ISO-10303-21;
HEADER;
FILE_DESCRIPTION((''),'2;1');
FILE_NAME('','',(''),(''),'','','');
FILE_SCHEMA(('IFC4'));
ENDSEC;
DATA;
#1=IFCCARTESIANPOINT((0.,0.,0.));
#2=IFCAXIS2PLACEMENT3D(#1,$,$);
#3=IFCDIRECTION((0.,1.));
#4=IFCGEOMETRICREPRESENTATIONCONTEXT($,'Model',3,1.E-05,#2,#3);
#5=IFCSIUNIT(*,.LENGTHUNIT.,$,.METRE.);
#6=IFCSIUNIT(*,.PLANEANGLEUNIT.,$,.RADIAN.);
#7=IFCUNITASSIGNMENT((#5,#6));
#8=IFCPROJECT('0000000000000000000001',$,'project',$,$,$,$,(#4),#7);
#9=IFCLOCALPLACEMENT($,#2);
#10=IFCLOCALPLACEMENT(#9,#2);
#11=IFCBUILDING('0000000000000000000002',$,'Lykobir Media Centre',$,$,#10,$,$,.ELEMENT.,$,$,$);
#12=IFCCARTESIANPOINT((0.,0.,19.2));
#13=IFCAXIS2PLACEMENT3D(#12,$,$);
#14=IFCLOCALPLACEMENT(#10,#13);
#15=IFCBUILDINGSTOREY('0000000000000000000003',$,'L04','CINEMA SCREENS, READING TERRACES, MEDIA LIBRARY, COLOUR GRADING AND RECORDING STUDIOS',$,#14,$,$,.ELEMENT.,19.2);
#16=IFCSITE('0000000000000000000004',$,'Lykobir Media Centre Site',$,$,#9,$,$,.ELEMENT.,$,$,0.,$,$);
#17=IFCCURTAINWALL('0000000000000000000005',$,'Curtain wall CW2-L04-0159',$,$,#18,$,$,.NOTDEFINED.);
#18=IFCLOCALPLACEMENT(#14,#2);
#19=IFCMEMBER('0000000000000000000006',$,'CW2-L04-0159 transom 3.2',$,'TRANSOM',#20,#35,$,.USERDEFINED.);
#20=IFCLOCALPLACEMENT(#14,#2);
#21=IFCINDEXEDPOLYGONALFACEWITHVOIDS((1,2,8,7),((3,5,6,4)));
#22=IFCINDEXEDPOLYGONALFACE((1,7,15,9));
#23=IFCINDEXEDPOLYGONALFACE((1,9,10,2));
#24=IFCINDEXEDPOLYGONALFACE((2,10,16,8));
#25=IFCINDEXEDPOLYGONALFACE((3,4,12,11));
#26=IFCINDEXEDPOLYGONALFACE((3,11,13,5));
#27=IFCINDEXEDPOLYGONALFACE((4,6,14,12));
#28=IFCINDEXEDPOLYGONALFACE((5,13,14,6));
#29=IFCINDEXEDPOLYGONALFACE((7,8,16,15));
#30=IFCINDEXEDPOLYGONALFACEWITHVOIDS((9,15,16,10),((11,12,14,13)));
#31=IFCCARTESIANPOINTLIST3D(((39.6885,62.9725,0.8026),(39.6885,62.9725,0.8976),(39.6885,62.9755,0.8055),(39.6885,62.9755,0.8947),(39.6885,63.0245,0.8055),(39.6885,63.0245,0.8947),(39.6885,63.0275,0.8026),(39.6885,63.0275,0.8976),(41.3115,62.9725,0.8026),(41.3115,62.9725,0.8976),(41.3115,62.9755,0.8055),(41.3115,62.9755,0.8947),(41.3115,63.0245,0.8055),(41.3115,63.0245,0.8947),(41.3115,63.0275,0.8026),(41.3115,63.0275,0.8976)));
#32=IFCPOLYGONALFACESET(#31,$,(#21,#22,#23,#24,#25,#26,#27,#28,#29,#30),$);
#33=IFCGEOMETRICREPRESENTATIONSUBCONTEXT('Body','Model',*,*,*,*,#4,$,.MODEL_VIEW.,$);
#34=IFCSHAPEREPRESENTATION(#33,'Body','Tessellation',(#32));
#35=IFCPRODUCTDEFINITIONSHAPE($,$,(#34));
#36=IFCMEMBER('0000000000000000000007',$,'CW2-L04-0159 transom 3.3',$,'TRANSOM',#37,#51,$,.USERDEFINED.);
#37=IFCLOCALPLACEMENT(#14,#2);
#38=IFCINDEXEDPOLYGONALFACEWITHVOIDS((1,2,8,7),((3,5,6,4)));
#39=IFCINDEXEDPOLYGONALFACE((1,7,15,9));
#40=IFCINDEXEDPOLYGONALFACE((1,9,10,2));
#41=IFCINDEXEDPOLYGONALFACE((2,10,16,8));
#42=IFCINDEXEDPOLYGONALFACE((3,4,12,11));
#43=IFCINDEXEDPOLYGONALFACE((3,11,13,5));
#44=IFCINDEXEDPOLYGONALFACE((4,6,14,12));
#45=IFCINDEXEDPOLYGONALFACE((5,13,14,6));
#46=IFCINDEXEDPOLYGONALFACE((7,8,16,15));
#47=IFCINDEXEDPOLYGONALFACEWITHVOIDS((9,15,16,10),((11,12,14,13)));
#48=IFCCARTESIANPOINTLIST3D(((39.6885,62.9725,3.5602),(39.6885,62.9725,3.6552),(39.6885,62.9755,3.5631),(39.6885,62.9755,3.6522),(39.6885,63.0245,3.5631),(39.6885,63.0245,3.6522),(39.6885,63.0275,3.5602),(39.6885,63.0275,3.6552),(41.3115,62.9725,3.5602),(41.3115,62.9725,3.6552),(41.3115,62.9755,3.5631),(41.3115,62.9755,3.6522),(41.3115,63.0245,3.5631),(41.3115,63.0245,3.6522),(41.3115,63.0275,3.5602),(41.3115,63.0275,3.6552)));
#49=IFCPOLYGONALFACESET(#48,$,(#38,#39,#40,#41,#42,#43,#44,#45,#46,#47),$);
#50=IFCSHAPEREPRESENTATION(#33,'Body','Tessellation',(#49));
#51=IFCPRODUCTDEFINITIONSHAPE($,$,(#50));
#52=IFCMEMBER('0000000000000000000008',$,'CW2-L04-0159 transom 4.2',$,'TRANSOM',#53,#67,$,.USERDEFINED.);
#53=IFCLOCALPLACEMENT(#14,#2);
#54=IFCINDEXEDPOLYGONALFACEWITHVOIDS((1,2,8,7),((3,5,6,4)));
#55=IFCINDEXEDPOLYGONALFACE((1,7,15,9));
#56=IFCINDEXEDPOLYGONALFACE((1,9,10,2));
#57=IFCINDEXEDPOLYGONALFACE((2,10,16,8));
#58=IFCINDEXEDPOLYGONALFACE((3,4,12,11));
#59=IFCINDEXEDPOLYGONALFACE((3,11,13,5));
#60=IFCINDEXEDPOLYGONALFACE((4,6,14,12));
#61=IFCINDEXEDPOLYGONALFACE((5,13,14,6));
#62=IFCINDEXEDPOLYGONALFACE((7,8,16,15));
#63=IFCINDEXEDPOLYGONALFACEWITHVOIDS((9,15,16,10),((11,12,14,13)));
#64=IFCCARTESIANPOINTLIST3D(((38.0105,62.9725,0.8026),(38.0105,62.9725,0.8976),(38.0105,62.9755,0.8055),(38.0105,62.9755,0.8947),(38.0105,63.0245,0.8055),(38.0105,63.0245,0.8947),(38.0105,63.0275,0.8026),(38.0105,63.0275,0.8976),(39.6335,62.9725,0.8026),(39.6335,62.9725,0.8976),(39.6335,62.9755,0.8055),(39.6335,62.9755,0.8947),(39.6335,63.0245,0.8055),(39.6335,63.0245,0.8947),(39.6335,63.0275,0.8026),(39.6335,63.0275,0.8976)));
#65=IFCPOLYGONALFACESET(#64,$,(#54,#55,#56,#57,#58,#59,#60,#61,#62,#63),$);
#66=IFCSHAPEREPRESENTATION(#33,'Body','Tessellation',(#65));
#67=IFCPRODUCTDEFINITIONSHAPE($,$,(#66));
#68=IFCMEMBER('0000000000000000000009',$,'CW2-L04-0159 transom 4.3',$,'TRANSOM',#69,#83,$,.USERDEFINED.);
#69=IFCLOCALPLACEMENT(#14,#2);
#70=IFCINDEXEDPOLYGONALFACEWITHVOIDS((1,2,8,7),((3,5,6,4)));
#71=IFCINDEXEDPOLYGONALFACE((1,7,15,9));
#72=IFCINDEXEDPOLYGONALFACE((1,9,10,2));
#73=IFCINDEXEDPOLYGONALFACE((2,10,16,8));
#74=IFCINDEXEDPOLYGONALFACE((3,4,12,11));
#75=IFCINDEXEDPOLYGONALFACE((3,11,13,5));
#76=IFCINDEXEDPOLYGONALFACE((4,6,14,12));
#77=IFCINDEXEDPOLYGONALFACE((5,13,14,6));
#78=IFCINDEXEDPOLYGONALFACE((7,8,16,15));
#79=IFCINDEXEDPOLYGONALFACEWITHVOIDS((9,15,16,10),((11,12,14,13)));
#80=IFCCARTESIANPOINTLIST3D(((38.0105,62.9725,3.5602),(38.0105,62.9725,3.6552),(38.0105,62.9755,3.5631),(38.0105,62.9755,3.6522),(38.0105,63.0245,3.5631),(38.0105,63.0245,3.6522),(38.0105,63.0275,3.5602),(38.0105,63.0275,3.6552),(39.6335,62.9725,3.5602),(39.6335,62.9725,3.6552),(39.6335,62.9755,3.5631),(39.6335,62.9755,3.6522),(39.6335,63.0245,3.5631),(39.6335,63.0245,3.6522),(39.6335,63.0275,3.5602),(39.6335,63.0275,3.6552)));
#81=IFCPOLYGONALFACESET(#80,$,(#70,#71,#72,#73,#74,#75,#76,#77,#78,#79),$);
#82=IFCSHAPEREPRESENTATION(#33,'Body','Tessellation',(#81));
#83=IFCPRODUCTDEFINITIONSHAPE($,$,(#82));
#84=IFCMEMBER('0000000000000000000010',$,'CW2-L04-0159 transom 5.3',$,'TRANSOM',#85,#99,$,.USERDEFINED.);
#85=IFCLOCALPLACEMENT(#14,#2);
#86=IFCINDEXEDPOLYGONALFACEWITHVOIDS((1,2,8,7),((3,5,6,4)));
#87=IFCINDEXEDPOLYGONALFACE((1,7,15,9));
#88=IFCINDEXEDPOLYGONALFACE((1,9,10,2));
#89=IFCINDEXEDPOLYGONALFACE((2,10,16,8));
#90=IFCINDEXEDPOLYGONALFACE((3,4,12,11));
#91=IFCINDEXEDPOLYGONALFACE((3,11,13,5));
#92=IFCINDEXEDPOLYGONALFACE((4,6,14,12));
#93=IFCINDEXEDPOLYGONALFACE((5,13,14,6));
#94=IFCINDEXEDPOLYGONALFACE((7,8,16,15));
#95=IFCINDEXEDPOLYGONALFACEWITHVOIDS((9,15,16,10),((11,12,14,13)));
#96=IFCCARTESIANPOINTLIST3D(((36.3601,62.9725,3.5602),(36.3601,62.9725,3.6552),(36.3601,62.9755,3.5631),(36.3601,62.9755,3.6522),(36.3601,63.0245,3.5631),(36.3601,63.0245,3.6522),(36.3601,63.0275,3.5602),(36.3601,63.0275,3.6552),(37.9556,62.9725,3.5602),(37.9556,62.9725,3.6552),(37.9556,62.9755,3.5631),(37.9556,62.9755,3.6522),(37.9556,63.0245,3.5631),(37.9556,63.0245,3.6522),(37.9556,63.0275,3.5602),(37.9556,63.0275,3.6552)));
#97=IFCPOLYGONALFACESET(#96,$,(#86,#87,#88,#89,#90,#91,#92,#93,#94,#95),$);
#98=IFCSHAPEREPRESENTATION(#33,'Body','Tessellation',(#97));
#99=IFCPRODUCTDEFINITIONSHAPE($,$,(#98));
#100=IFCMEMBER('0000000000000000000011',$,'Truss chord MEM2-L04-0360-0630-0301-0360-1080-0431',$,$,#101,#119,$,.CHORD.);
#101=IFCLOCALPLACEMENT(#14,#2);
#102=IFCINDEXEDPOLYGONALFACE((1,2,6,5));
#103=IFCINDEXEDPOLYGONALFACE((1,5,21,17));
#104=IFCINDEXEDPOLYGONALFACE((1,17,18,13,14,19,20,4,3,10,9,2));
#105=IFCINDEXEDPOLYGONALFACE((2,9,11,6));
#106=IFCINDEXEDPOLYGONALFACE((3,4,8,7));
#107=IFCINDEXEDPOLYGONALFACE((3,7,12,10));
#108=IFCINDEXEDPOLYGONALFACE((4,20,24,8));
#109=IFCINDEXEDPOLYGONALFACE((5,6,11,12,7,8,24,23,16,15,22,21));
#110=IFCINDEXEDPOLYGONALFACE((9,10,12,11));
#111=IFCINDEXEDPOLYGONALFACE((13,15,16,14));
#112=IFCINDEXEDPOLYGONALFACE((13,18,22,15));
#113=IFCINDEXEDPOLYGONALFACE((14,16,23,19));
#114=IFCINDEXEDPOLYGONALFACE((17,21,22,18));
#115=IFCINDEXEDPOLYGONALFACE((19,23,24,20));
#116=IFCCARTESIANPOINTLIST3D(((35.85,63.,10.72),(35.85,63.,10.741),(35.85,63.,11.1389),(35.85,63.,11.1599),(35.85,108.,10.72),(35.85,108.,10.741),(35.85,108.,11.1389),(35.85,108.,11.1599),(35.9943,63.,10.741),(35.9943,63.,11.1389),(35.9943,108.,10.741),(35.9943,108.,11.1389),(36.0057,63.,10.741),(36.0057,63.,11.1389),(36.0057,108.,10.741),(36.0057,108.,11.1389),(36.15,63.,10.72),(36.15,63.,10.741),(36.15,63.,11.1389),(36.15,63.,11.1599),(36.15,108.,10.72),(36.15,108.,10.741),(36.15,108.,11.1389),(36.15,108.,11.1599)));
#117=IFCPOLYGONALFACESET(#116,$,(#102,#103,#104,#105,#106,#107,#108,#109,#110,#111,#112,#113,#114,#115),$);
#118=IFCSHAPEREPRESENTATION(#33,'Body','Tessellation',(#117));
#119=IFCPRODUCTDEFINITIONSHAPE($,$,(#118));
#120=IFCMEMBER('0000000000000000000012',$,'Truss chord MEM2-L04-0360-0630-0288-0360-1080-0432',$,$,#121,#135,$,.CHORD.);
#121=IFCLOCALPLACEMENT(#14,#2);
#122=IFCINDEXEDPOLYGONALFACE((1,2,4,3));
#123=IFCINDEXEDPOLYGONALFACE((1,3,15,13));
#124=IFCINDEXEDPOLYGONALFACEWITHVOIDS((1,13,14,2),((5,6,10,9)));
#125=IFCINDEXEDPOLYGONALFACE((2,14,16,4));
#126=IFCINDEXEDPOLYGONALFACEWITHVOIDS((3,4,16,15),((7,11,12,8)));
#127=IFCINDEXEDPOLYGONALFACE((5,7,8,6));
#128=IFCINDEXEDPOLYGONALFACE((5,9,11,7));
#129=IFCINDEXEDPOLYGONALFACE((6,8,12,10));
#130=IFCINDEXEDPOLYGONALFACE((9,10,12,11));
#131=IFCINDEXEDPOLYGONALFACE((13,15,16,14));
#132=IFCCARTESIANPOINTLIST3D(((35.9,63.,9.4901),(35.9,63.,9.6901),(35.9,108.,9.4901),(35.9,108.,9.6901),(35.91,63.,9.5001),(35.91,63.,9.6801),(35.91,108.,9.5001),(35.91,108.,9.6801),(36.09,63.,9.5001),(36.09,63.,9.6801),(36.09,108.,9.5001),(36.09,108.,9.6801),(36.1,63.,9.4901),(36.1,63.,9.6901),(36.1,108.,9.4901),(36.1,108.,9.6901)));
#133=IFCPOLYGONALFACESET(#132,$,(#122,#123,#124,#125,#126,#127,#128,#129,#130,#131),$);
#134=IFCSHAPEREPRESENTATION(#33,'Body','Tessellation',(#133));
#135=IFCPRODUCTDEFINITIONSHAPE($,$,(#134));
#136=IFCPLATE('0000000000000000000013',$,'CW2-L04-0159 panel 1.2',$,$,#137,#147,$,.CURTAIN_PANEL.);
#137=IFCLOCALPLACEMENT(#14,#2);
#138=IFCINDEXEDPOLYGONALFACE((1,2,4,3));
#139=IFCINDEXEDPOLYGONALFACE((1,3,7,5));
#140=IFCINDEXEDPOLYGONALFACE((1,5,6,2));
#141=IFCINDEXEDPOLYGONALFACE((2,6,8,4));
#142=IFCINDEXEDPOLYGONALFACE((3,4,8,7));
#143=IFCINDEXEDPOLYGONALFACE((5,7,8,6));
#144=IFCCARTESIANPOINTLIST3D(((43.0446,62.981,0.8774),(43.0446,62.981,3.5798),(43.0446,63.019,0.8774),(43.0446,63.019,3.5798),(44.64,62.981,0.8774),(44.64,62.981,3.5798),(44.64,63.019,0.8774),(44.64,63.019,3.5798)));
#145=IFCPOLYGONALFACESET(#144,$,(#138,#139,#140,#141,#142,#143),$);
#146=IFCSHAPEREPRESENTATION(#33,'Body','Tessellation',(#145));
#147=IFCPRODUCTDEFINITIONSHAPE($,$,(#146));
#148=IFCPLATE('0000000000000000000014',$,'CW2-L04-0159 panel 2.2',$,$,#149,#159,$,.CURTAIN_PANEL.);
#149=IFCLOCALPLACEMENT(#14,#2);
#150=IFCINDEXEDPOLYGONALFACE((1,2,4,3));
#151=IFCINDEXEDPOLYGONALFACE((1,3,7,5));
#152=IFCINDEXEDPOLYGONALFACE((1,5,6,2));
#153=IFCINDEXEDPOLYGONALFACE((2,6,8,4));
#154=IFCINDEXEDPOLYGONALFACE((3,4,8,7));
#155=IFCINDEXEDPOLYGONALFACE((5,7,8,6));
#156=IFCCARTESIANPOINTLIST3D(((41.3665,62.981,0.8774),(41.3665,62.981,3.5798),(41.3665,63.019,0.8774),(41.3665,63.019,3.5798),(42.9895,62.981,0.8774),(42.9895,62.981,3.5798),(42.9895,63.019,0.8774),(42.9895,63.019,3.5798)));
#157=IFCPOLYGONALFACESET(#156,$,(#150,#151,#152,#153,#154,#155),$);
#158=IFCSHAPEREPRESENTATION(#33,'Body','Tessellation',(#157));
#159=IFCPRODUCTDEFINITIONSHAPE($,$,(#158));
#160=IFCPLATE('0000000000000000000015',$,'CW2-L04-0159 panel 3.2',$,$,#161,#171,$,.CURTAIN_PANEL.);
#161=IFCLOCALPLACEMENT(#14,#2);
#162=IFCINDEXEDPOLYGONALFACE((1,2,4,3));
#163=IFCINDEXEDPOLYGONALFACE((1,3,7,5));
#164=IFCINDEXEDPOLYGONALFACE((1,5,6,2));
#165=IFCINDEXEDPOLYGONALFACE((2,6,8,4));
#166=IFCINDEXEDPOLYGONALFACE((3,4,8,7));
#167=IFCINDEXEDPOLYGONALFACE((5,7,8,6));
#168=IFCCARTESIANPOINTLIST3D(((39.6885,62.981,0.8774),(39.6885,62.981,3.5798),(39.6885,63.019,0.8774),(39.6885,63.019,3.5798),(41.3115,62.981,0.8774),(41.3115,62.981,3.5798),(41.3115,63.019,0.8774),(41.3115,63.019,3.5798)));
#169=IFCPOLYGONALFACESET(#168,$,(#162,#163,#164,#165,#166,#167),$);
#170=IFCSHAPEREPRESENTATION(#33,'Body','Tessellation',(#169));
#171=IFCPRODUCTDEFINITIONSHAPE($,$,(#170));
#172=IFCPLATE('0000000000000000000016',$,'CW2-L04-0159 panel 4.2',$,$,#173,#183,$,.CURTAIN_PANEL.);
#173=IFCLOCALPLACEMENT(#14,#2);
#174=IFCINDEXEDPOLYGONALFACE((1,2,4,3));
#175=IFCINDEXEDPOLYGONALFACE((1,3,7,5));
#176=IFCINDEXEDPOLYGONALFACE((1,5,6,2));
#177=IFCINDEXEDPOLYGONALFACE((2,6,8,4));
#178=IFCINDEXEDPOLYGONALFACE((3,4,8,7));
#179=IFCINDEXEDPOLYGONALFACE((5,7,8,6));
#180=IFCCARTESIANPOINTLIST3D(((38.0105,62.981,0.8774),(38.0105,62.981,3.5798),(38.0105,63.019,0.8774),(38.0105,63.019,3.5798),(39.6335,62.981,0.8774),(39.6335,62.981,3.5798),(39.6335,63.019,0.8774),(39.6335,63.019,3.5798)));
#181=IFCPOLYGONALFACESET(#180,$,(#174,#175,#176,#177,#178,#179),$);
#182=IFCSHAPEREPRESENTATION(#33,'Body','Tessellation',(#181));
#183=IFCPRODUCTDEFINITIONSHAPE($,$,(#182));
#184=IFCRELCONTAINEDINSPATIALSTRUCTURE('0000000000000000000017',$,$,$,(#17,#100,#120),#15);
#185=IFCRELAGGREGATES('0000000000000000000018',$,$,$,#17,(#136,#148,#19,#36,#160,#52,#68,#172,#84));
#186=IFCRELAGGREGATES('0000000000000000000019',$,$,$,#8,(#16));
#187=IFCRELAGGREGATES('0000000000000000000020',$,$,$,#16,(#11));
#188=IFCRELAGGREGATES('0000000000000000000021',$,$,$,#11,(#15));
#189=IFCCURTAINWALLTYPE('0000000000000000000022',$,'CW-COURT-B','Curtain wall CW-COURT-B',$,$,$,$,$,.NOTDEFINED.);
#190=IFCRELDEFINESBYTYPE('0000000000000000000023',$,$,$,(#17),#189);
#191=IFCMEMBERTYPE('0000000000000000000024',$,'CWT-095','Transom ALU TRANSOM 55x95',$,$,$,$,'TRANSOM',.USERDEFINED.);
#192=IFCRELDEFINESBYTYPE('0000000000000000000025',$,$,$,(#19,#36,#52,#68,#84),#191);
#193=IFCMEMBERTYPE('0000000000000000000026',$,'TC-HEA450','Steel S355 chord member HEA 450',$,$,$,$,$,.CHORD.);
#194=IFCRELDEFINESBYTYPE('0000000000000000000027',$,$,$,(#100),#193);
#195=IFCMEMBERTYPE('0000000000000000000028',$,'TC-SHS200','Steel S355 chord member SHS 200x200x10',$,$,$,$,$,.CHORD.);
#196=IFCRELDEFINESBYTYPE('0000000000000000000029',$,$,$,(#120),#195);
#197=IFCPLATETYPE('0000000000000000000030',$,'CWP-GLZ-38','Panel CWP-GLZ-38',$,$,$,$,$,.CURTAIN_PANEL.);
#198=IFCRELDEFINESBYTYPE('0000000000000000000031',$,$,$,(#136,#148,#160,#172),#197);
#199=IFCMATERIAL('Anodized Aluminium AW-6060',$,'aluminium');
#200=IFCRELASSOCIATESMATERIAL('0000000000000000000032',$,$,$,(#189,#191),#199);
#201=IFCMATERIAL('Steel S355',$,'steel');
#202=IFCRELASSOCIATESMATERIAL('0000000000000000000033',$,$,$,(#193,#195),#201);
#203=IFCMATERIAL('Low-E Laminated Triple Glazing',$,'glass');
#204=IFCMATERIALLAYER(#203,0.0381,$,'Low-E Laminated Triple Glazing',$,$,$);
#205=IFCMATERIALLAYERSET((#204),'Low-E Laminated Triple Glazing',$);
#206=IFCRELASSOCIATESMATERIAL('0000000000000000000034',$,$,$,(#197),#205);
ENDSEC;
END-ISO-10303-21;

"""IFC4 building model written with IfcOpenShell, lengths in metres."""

from ifc_helpers import new_model, si_unit, direction, frame, origin, origin_2d, place, context, subcontext, project, spatial, rectangle, hollow_rectangle, i_section, extrude, material, layer, layer_set, material_profile, profile_set, type_object, element, aggregate, save


model = new_model("IFC4")

# Units and contexts
model_context = context("Model", 3, precision=1e-05, world=origin(), true_north=direction((0.0, 1.0)))
body_context = subcontext(model_context, "Body", "Model", "MODEL_VIEW")
ifc_project = project(units=[si_unit("LENGTHUNIT", "METRE"), si_unit("PLANEANGLEUNIT", "RADIAN")], contexts=[model_context])

# Site, building, storey
site_placement = place(None, origin())
site = spatial("IfcSite", under=ifc_project, at=site_placement, Name="Lykobir Media Centre Site", CompositionType="ELEMENT", RefElevation=0.0)
building_placement = place(site_placement, origin())
building = spatial("IfcBuilding", under=site, at=building_placement, Name="Lykobir Media Centre", CompositionType="ELEMENT")
storey_placement = place(building_placement, frame((0.0, 0.0, 19.2)))
storey = spatial("IfcBuildingStorey", under=building, at=storey_placement, Name="L04", Description="CINEMA SCREENS, READING TERRACES, MEDIA LIBRARY, COLOUR GRADING AND RECORDING STUDIOS", CompositionType="ELEMENT", Elevation=19.2)

# Shared definitions
ifc_material_1 = material(Name="Steel S355", Category="steel")

# Curtain wall, members
ifc_material_2 = material(Name="Anodized Aluminium AW-6060", Category="aluminium")
curtain_wall_type = type_object("IfcCurtainWallType", Name="CW-COURT-B", Description="Curtain wall CW-COURT-B", PredefinedType="NOTDEFINED", material=ifc_material_2)
curtain_wall_placement = place(storey_placement, origin())
curtain_wall = element("IfcCurtainWall", 1, at=curtain_wall_placement, inside=storey, type_object=curtain_wall_type, Name="Curtain wall CW2-L04-0159", PredefinedType="NOTDEFINED")
ifc_material_profile_1 = material_profile(ifc_material_2, hollow_rectangle(XDim=0.0549, YDim=0.095, WallThickness=0.0029, at=origin_2d()), Name="ALU TRANSOM 55x95")
ifc_profile_set_1 = profile_set([ifc_material_profile_1], Name="Anodized Aluminium AW-6060")
member_type_1 = type_object("IfcMemberType", Name="CWT-095", Description="Transom ALU TRANSOM 55x95", ElementType="TRANSOM", PredefinedType="USERDEFINED", material=ifc_profile_set_1)
member_1_placement = place(storey_placement, frame((41.3115, 63.0, 0.8501), z_axis=(-1.0, 0.0, 0.0), x_axis=(0.0, -1.0, 0.0)))
member_1 = element("IfcMember", 2, at=member_1_placement, type_object=member_type_1, Name="CW2-L04-0159 transom 3.2", ObjectType="TRANSOM", PredefinedType="USERDEFINED", context=body_context, shape_type="SweptSolid", body=[
    extrude(hollow_rectangle(XDim=0.0549, YDim=0.095, WallThickness=0.0029, at=origin_2d()), origin(), (0.0, 0.0, 1.0), 1.623),
])
member_2_placement = place(storey_placement, frame((41.3115, 63.0, 3.6077), z_axis=(-1.0, 0.0, 0.0), x_axis=(0.0, -1.0, 0.0)))
member_2 = element("IfcMember", 3, at=member_2_placement, type_object=member_type_1, Name="CW2-L04-0159 transom 3.3", ObjectType="TRANSOM", PredefinedType="USERDEFINED", context=body_context, shape_type="SweptSolid", body=[
    extrude(hollow_rectangle(XDim=0.0549, YDim=0.095, WallThickness=0.0029, at=origin_2d()), origin(), (0.0, 0.0, 1.0), 1.623),
])
member_3_placement = place(storey_placement, frame((39.6335, 63.0, 0.8501), z_axis=(-1.0, 0.0, 0.0), x_axis=(0.0, -1.0, 0.0)))
member_3 = element("IfcMember", 4, at=member_3_placement, type_object=member_type_1, Name="CW2-L04-0159 transom 4.2", ObjectType="TRANSOM", PredefinedType="USERDEFINED", context=body_context, shape_type="SweptSolid", body=[
    extrude(hollow_rectangle(XDim=0.0549, YDim=0.095, WallThickness=0.0029, at=origin_2d()), origin(), (0.0, 0.0, 1.0), 1.623),
])
member_4_placement = place(storey_placement, frame((39.6335, 63.0, 3.6077), z_axis=(-1.0, 0.0, 0.0), x_axis=(0.0, -1.0, 0.0)))
member_4 = element("IfcMember", 5, at=member_4_placement, type_object=member_type_1, Name="CW2-L04-0159 transom 4.3", ObjectType="TRANSOM", PredefinedType="USERDEFINED", context=body_context, shape_type="SweptSolid", body=[
    extrude(hollow_rectangle(XDim=0.0549, YDim=0.095, WallThickness=0.0029, at=origin_2d()), origin(), (0.0, 0.0, 1.0), 1.623),
])
member_5_placement = place(storey_placement, frame((37.9556, 63.0, 3.6077), z_axis=(-1.0, 0.0, 0.0), x_axis=(0.0, -1.0, 0.0)))
member_5 = element("IfcMember", 6, at=member_5_placement, type_object=member_type_1, Name="CW2-L04-0159 transom 5.3", ObjectType="TRANSOM", PredefinedType="USERDEFINED", context=body_context, shape_type="SweptSolid", body=[
    extrude(hollow_rectangle(XDim=0.0549, YDim=0.095, WallThickness=0.0029, at=origin_2d()), origin(), (0.0, 0.0, 1.0), 1.5955),
])

# Members
ifc_material_profile_2 = material_profile(ifc_material_1, i_section(OverallWidth=0.3, OverallDepth=0.4399, WebThickness=0.0115, FlangeThickness=0.021, at=origin_2d()), Name="HEA 450")
ifc_profile_set_2 = profile_set([ifc_material_profile_2], Name="Steel S355")
member_type_2 = type_object("IfcMemberType", Name="TC-HEA450", Description="Steel S355 chord member HEA 450", PredefinedType="CHORD", material=ifc_profile_set_2)
member_6_placement = place(storey_placement, frame((36.0, 63.0, 10.9399), z_axis=(0.0, 1.0, 0.0), x_axis=(-1.0, 0.0, 0.0)))
element("IfcMember", 7, at=member_6_placement, inside=storey, type_object=member_type_2, Name="Truss chord MEM2-L04-0360-0630-0301-0360-1080-0431", PredefinedType="CHORD", context=body_context, shape_type="SweptSolid", body=[
    extrude(i_section(OverallWidth=0.3, OverallDepth=0.4399, WebThickness=0.0115, FlangeThickness=0.021, at=origin_2d()), origin(), (0.0, 0.0, 1.0), 45.0),
])
ifc_material_profile_3 = material_profile(ifc_material_1, hollow_rectangle(XDim=0.2, YDim=0.2, WallThickness=0.01, at=origin_2d()), Name="SHS 200x200x10")
ifc_profile_set_3 = profile_set([ifc_material_profile_3], Name="Steel S355")
member_type_3 = type_object("IfcMemberType", Name="TC-SHS200", Description="Steel S355 chord member SHS 200x200x10", PredefinedType="CHORD", material=ifc_profile_set_3)
member_7_placement = place(storey_placement, frame((36.0, 63.0, 9.5901), z_axis=(0.0, 1.0, 0.0), x_axis=(-1.0, 0.0, 0.0)))
element("IfcMember", 8, at=member_7_placement, inside=storey, type_object=member_type_3, Name="Truss chord MEM2-L04-0360-0630-0288-0360-1080-0432", PredefinedType="CHORD", context=body_context, shape_type="SweptSolid", body=[
    extrude(hollow_rectangle(XDim=0.2, YDim=0.2, WallThickness=0.01, at=origin_2d()), origin(), (0.0, 0.0, 1.0), 45.0),
])

# Plates
ifc_material_3 = material(Name="Low-E Laminated Triple Glazing", Category="glass")
ifc_layer_1 = layer(ifc_material_3, 0.0381, Name="Low-E Laminated Triple Glazing")
ifc_layer_set_1 = layer_set([ifc_layer_1], Name="Low-E Laminated Triple Glazing")
plate_type_1 = type_object("IfcPlateType", Name="CWP-GLZ-38", Description="Panel CWP-GLZ-38", PredefinedType="CURTAIN_PANEL", material=ifc_layer_set_1)
plate_1_placement = place(storey_placement, frame((43.8423, 63.0, 0.8774), z_axis=(0.0, 0.0, 1.0), x_axis=(-1.0, 0.0, 0.0)))
plate_1 = element("IfcPlate", 9, at=plate_1_placement, type_object=plate_type_1, Name="CW2-L04-0159 panel 1.2", PredefinedType="CURTAIN_PANEL", context=body_context, shape_type="SweptSolid", body=[
    extrude(rectangle(XDim=1.5955, YDim=0.0381, at=origin_2d()), origin(), (0.0, 0.0, 1.0), 2.7024),
])
plate_2_placement = place(storey_placement, frame((42.178, 63.0, 0.8774), z_axis=(0.0, 0.0, 1.0), x_axis=(-1.0, 0.0, 0.0)))
plate_2 = element("IfcPlate", 10, at=plate_2_placement, type_object=plate_type_1, Name="CW2-L04-0159 panel 2.2", PredefinedType="CURTAIN_PANEL", context=body_context, shape_type="SweptSolid", body=[
    extrude(rectangle(XDim=1.623, YDim=0.0381, at=origin_2d()), origin(), (0.0, 0.0, 1.0), 2.7024),
])
plate_3_placement = place(storey_placement, frame((40.5, 63.0, 0.8774), z_axis=(0.0, 0.0, 1.0), x_axis=(-1.0, 0.0, 0.0)))
plate_3 = element("IfcPlate", 11, at=plate_3_placement, type_object=plate_type_1, Name="CW2-L04-0159 panel 3.2", PredefinedType="CURTAIN_PANEL", context=body_context, shape_type="SweptSolid", body=[
    extrude(rectangle(XDim=1.623, YDim=0.0381, at=origin_2d()), origin(), (0.0, 0.0, 1.0), 2.7024),
])
plate_4_placement = place(storey_placement, frame((38.822, 63.0, 0.8774), z_axis=(0.0, 0.0, 1.0), x_axis=(-1.0, 0.0, 0.0)))
plate_4 = element("IfcPlate", 12, at=plate_4_placement, type_object=plate_type_1, Name="CW2-L04-0159 panel 4.2", PredefinedType="CURTAIN_PANEL", context=body_context, shape_type="SweptSolid", body=[
    extrude(rectangle(XDim=1.623, YDim=0.0381, at=origin_2d()), origin(), (0.0, 0.0, 1.0), 2.7024),
])
aggregate(curtain_wall, [plate_1, plate_2, member_1, member_2, plate_3, member_3, member_4, plate_4, member_5])

save(model, "model.ifc")
